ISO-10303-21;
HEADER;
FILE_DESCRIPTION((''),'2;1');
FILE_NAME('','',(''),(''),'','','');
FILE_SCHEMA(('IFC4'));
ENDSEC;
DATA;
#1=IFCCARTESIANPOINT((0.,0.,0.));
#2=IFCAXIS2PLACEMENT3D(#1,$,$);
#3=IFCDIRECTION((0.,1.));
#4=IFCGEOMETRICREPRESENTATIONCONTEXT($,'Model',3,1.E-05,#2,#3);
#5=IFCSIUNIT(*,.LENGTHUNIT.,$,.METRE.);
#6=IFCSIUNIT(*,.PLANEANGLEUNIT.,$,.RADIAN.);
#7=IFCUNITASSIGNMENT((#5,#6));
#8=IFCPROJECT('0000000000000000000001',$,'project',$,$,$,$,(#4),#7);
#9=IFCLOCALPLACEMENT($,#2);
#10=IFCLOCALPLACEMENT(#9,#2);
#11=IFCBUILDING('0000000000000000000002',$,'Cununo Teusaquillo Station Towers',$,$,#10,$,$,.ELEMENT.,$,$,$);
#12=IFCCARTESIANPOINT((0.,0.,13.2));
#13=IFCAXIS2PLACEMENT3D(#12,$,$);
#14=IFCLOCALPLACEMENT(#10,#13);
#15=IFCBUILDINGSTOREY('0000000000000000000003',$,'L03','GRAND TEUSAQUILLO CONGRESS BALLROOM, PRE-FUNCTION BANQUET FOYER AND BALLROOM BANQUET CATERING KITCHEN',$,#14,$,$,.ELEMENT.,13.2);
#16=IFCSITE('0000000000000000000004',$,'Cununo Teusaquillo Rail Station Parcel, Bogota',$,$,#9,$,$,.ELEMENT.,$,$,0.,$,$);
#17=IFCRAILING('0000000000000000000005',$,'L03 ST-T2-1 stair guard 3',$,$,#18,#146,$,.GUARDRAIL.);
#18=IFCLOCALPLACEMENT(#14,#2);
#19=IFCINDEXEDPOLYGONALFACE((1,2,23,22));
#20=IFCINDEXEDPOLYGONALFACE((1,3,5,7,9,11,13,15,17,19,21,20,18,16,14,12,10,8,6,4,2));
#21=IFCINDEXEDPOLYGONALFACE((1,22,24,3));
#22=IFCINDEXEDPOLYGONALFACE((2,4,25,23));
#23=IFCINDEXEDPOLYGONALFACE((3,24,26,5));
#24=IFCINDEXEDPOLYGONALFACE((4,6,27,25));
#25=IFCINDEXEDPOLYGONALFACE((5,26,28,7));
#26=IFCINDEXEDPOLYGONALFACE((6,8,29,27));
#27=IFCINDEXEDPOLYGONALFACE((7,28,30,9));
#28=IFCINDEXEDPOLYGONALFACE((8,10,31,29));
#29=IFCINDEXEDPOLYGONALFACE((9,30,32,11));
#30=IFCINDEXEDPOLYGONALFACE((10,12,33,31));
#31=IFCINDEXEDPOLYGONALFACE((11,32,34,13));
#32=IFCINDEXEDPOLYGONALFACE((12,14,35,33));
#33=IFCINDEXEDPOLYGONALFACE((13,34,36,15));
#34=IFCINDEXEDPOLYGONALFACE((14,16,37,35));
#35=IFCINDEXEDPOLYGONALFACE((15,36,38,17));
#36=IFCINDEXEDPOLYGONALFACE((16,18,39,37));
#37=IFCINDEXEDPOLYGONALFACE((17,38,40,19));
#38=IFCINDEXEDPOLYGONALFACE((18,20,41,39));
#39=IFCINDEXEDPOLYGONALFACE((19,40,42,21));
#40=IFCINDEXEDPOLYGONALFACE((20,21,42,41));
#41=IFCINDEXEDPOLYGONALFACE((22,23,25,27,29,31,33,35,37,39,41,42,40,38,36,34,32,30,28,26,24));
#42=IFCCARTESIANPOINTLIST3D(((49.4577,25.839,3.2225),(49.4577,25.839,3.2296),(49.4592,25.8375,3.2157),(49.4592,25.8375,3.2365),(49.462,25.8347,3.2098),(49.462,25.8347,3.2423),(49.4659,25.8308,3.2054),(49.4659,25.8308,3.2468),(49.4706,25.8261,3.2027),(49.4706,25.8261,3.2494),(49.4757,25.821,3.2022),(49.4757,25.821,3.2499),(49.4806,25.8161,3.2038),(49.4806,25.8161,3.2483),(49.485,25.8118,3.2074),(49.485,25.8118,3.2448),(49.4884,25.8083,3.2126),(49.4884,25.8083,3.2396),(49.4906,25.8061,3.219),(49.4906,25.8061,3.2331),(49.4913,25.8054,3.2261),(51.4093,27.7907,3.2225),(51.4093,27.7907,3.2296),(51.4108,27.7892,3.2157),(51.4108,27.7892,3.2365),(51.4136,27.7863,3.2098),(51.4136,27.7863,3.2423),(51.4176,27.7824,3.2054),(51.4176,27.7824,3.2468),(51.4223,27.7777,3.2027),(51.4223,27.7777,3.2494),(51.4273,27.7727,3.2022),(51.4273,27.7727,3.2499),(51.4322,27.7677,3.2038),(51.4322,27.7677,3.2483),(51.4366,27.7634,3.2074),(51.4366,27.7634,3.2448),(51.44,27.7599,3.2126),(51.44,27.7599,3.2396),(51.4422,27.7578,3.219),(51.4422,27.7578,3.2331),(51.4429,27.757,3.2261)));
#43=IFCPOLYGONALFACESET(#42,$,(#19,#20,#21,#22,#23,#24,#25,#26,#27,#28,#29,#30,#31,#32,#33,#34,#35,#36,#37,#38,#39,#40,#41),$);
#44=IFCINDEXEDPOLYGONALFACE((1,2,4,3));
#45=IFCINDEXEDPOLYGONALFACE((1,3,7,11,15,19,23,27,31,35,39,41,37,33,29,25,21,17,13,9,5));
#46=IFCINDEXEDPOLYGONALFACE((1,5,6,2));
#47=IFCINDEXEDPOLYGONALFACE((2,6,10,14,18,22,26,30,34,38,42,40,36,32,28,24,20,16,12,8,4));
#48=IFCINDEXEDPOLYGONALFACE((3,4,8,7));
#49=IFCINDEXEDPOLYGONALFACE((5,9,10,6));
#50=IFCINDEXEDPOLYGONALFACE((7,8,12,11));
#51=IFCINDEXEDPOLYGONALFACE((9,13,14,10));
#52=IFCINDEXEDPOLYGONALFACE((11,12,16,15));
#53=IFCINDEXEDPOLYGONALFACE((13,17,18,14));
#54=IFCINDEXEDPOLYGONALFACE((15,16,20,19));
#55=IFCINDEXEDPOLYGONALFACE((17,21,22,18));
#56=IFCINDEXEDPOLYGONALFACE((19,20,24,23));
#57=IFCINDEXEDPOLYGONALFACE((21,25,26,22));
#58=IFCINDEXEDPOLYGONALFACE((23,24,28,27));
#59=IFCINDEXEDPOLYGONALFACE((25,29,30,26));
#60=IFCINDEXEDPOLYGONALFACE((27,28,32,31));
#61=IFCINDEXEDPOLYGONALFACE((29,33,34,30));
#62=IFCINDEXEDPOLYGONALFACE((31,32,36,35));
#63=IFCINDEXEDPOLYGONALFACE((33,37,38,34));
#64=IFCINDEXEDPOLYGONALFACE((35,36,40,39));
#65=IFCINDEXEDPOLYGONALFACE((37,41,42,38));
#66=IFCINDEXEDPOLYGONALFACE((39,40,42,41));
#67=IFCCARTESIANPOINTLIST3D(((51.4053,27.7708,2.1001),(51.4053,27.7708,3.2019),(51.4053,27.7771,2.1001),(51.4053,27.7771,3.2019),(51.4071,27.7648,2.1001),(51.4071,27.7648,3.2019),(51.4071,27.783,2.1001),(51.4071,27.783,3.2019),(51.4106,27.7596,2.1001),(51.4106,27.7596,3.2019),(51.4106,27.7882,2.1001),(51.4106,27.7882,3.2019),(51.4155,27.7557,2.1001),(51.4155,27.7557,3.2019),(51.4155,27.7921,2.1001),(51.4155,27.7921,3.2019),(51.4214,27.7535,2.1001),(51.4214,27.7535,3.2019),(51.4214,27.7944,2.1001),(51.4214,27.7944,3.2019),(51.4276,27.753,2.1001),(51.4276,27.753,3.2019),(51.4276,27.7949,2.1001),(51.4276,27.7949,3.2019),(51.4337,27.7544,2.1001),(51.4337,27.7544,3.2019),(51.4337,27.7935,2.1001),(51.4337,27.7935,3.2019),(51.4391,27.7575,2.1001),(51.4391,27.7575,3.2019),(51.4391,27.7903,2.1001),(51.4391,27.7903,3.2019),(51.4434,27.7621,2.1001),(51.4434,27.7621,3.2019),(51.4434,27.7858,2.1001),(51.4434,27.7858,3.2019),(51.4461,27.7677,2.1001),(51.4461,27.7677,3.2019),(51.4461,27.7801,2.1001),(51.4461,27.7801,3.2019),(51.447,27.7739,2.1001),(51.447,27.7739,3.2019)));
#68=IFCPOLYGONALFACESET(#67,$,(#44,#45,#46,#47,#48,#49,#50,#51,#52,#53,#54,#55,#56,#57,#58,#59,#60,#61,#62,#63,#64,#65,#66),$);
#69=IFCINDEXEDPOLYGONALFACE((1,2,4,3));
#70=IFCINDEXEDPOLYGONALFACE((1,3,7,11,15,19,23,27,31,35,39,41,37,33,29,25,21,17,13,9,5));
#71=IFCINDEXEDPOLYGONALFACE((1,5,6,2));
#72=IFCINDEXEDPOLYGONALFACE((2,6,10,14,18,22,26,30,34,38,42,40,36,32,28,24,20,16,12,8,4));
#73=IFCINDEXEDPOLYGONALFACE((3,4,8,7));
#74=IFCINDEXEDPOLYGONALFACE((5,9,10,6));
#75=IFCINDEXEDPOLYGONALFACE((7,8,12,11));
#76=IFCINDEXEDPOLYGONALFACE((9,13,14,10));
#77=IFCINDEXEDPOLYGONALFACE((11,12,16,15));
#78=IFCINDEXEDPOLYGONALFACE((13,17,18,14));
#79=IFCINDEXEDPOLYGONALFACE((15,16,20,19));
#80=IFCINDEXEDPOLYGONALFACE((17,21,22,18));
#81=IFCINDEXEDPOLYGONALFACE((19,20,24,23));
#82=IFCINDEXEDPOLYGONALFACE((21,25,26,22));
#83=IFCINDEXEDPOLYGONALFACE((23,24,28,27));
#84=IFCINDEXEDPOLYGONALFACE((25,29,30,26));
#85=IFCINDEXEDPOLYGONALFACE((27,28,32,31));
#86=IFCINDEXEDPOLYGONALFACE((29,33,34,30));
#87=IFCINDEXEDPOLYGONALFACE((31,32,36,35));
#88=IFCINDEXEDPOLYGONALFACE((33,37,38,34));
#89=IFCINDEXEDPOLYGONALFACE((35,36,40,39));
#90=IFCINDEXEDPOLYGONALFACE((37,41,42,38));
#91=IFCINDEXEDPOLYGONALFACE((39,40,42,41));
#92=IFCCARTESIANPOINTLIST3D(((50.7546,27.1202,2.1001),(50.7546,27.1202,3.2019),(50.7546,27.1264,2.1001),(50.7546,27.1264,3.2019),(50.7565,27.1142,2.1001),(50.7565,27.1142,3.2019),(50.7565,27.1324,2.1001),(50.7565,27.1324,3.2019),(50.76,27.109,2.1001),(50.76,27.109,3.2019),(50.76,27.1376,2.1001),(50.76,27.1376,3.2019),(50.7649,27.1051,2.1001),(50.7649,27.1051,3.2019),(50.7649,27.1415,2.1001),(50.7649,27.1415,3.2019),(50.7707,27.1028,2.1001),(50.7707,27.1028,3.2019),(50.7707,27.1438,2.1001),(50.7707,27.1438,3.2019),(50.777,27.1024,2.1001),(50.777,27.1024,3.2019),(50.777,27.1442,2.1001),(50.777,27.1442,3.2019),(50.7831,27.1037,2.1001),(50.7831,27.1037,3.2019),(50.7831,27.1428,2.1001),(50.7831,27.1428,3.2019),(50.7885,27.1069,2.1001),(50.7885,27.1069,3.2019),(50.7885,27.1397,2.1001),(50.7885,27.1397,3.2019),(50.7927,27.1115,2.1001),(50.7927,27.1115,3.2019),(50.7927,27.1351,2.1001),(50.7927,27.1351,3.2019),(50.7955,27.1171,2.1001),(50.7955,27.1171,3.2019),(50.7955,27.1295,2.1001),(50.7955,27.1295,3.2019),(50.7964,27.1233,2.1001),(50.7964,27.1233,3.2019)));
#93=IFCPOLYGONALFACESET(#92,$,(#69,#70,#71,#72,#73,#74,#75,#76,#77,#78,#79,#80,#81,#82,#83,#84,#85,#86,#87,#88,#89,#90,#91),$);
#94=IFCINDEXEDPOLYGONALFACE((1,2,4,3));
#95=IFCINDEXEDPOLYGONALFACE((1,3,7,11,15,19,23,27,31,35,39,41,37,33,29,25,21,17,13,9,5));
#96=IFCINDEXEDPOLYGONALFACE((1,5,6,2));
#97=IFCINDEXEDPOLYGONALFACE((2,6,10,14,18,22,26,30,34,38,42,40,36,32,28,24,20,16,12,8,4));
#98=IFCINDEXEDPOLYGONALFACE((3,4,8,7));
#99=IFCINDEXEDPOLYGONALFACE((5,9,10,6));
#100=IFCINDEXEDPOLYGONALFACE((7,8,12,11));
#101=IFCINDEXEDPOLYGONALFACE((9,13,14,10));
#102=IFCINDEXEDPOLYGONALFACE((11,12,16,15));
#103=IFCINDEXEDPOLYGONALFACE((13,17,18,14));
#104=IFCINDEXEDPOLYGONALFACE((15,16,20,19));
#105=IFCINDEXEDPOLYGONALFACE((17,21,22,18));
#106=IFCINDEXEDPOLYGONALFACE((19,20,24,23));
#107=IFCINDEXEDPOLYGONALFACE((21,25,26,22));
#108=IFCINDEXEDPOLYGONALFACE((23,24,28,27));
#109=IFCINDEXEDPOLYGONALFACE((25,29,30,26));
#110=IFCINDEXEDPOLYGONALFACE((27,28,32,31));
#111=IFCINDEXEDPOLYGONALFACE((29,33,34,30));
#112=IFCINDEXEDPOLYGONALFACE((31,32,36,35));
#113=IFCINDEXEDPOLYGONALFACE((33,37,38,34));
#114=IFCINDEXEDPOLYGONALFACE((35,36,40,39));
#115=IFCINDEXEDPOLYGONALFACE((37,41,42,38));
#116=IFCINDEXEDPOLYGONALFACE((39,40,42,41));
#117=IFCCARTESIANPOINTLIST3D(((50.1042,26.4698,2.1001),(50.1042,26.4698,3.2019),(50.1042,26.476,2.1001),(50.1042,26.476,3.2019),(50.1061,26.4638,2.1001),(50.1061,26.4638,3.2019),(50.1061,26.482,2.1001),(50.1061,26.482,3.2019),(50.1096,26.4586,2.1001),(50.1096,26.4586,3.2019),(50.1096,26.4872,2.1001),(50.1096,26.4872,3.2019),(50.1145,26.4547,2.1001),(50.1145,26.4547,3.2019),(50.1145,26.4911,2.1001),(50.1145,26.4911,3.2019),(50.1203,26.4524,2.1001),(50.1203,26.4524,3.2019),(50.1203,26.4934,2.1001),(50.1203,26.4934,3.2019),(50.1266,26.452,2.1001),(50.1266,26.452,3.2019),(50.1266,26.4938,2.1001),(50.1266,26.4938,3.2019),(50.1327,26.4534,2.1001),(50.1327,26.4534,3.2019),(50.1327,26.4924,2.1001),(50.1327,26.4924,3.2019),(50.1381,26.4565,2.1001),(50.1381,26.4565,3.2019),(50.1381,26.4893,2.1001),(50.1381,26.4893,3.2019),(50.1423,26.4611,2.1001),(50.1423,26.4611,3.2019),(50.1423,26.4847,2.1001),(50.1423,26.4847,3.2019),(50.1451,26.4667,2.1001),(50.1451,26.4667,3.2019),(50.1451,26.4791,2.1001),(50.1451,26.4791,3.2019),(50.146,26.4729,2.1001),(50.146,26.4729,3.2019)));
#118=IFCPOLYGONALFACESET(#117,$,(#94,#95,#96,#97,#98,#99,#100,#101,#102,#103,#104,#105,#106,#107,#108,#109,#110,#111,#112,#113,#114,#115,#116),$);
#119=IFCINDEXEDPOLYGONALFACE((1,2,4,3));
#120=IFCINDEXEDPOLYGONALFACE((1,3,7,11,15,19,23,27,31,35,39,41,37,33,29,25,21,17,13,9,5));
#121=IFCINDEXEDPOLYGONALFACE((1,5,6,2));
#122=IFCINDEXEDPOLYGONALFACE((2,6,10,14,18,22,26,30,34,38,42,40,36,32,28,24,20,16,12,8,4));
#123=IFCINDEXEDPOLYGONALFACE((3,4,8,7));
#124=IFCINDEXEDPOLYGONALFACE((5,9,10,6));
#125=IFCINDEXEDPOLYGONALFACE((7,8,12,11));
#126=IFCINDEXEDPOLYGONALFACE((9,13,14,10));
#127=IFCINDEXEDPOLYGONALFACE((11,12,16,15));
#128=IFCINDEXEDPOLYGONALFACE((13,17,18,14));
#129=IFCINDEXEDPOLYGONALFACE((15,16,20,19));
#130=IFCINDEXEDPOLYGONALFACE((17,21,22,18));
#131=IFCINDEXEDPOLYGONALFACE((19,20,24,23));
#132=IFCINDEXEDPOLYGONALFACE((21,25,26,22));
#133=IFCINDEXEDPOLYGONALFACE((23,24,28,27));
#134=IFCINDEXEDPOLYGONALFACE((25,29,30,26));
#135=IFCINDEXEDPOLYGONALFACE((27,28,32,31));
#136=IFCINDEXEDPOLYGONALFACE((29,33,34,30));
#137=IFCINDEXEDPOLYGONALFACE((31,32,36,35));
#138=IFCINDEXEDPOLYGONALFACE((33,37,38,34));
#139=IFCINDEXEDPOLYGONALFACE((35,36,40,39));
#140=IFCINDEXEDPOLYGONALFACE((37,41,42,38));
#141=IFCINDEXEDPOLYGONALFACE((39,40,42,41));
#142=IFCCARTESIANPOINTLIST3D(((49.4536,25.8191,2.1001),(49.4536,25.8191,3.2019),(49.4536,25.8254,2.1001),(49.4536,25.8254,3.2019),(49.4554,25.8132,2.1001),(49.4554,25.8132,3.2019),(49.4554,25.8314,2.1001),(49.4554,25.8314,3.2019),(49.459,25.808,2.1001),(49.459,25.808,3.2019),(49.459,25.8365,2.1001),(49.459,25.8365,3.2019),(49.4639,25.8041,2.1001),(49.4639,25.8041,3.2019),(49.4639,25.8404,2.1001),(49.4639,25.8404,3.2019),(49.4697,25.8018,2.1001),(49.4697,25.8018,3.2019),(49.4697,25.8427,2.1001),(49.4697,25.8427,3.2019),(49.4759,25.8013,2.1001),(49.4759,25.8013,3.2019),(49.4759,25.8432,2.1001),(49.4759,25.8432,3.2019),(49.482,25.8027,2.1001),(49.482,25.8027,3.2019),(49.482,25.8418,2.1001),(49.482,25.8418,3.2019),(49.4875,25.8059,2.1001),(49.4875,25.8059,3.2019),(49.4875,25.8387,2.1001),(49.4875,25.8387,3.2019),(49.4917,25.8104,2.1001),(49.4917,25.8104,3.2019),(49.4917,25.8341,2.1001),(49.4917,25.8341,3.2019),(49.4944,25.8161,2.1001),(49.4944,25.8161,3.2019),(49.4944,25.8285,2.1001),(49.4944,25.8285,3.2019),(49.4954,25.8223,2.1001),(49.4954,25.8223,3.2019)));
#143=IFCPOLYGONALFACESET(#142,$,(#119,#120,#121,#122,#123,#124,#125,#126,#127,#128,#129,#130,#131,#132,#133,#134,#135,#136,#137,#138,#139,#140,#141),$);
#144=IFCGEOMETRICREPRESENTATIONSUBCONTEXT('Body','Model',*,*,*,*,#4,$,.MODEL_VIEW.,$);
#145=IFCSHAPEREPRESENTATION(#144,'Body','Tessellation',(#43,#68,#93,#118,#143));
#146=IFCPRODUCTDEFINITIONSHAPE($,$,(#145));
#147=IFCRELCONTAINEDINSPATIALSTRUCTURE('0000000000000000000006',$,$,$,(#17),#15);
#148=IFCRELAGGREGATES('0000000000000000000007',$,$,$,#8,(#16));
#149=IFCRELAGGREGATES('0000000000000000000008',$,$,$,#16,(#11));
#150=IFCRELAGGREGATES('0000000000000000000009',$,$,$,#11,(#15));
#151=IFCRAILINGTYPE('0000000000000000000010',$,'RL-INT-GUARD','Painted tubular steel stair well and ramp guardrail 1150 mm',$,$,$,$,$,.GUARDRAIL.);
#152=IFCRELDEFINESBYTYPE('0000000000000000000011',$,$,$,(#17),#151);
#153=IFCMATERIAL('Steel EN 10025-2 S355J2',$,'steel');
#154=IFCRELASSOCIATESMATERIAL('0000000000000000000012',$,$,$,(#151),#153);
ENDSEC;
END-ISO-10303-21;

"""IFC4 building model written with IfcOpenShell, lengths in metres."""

from ifc_helpers import new_model, si_unit, direction, frame, origin, origin_2d, place, context, subcontext, project, spatial, circle, extrude, material, type_object, element, save


model = new_model("IFC4")

# Units and contexts
model_context = context("Model", 3, precision=1e-05, world=origin(), true_north=direction((0.0, 1.0)))
body_context = subcontext(model_context, "Body", "Model", "MODEL_VIEW")
ifc_project = project(units=[si_unit("LENGTHUNIT", "METRE"), si_unit("PLANEANGLEUNIT", "RADIAN")], contexts=[model_context])

# Site, building, storey
site_placement = place(None, origin())
site = spatial("IfcSite", under=ifc_project, at=site_placement, Name="Cununo Teusaquillo Rail Station Parcel, Bogota", CompositionType="ELEMENT", RefElevation=0.0)
building_placement = place(site_placement, origin())
building = spatial("IfcBuilding", under=site, at=building_placement, Name="Cununo Teusaquillo Station Towers", CompositionType="ELEMENT")
storey_placement = place(building_placement, frame((0.0, 0.0, 13.2)))
storey = spatial("IfcBuildingStorey", under=building, at=storey_placement, Name="L03", Description="GRAND TEUSAQUILLO CONGRESS BALLROOM, PRE-FUNCTION BANQUET FOYER AND BALLROOM BANQUET CATERING KITCHEN", CompositionType="ELEMENT", Elevation=13.2)

# Railing
ifc_material_1 = material(Name="Steel EN 10025-2 S355J2", Category="steel")
railing_type = type_object("IfcRailingType", Name="RL-INT-GUARD", Description="Painted tubular steel stair well and ramp guardrail 1150 mm", PredefinedType="GUARDRAIL", material=ifc_material_1)
railing_1_placement = place(storey_placement, frame((51.426, 27.7739, 2.1001)))
element("IfcRailing", 1, at=railing_1_placement, inside=storey, type_object=railing_type, Name="L03 ST-T2-1 stair guard 3", PredefinedType="GUARDRAIL", context=body_context, shape_type="SweptSolid", body=[
    extrude(circle(Radius=0.0239, at=origin_2d()), frame((0.0, 0.0, 1.126), z_axis=(-0.707107, -0.707107, 0.0), x_axis=(0.707107, -0.707107, 0.0)), (0.0, 0.0, 1.0), 2.76),
    extrude(circle(Radius=0.021, at=origin_2d()), origin(), (0.0, 0.0, 1.0), 1.1018),
    extrude(circle(Radius=0.021, at=origin_2d()), frame((-0.6506, -0.6506, 0.0)), (0.0, 0.0, 1.0), 1.1018),
    extrude(circle(Radius=0.021, at=origin_2d()), frame((-1.301, -1.301, 0.0)), (0.0, 0.0, 1.0), 1.1018),
    extrude(circle(Radius=0.021, at=origin_2d()), frame((-1.9517, -1.9517, 0.0)), (0.0, 0.0, 1.0), 1.1018),
])

save(model, "model.ifc")
